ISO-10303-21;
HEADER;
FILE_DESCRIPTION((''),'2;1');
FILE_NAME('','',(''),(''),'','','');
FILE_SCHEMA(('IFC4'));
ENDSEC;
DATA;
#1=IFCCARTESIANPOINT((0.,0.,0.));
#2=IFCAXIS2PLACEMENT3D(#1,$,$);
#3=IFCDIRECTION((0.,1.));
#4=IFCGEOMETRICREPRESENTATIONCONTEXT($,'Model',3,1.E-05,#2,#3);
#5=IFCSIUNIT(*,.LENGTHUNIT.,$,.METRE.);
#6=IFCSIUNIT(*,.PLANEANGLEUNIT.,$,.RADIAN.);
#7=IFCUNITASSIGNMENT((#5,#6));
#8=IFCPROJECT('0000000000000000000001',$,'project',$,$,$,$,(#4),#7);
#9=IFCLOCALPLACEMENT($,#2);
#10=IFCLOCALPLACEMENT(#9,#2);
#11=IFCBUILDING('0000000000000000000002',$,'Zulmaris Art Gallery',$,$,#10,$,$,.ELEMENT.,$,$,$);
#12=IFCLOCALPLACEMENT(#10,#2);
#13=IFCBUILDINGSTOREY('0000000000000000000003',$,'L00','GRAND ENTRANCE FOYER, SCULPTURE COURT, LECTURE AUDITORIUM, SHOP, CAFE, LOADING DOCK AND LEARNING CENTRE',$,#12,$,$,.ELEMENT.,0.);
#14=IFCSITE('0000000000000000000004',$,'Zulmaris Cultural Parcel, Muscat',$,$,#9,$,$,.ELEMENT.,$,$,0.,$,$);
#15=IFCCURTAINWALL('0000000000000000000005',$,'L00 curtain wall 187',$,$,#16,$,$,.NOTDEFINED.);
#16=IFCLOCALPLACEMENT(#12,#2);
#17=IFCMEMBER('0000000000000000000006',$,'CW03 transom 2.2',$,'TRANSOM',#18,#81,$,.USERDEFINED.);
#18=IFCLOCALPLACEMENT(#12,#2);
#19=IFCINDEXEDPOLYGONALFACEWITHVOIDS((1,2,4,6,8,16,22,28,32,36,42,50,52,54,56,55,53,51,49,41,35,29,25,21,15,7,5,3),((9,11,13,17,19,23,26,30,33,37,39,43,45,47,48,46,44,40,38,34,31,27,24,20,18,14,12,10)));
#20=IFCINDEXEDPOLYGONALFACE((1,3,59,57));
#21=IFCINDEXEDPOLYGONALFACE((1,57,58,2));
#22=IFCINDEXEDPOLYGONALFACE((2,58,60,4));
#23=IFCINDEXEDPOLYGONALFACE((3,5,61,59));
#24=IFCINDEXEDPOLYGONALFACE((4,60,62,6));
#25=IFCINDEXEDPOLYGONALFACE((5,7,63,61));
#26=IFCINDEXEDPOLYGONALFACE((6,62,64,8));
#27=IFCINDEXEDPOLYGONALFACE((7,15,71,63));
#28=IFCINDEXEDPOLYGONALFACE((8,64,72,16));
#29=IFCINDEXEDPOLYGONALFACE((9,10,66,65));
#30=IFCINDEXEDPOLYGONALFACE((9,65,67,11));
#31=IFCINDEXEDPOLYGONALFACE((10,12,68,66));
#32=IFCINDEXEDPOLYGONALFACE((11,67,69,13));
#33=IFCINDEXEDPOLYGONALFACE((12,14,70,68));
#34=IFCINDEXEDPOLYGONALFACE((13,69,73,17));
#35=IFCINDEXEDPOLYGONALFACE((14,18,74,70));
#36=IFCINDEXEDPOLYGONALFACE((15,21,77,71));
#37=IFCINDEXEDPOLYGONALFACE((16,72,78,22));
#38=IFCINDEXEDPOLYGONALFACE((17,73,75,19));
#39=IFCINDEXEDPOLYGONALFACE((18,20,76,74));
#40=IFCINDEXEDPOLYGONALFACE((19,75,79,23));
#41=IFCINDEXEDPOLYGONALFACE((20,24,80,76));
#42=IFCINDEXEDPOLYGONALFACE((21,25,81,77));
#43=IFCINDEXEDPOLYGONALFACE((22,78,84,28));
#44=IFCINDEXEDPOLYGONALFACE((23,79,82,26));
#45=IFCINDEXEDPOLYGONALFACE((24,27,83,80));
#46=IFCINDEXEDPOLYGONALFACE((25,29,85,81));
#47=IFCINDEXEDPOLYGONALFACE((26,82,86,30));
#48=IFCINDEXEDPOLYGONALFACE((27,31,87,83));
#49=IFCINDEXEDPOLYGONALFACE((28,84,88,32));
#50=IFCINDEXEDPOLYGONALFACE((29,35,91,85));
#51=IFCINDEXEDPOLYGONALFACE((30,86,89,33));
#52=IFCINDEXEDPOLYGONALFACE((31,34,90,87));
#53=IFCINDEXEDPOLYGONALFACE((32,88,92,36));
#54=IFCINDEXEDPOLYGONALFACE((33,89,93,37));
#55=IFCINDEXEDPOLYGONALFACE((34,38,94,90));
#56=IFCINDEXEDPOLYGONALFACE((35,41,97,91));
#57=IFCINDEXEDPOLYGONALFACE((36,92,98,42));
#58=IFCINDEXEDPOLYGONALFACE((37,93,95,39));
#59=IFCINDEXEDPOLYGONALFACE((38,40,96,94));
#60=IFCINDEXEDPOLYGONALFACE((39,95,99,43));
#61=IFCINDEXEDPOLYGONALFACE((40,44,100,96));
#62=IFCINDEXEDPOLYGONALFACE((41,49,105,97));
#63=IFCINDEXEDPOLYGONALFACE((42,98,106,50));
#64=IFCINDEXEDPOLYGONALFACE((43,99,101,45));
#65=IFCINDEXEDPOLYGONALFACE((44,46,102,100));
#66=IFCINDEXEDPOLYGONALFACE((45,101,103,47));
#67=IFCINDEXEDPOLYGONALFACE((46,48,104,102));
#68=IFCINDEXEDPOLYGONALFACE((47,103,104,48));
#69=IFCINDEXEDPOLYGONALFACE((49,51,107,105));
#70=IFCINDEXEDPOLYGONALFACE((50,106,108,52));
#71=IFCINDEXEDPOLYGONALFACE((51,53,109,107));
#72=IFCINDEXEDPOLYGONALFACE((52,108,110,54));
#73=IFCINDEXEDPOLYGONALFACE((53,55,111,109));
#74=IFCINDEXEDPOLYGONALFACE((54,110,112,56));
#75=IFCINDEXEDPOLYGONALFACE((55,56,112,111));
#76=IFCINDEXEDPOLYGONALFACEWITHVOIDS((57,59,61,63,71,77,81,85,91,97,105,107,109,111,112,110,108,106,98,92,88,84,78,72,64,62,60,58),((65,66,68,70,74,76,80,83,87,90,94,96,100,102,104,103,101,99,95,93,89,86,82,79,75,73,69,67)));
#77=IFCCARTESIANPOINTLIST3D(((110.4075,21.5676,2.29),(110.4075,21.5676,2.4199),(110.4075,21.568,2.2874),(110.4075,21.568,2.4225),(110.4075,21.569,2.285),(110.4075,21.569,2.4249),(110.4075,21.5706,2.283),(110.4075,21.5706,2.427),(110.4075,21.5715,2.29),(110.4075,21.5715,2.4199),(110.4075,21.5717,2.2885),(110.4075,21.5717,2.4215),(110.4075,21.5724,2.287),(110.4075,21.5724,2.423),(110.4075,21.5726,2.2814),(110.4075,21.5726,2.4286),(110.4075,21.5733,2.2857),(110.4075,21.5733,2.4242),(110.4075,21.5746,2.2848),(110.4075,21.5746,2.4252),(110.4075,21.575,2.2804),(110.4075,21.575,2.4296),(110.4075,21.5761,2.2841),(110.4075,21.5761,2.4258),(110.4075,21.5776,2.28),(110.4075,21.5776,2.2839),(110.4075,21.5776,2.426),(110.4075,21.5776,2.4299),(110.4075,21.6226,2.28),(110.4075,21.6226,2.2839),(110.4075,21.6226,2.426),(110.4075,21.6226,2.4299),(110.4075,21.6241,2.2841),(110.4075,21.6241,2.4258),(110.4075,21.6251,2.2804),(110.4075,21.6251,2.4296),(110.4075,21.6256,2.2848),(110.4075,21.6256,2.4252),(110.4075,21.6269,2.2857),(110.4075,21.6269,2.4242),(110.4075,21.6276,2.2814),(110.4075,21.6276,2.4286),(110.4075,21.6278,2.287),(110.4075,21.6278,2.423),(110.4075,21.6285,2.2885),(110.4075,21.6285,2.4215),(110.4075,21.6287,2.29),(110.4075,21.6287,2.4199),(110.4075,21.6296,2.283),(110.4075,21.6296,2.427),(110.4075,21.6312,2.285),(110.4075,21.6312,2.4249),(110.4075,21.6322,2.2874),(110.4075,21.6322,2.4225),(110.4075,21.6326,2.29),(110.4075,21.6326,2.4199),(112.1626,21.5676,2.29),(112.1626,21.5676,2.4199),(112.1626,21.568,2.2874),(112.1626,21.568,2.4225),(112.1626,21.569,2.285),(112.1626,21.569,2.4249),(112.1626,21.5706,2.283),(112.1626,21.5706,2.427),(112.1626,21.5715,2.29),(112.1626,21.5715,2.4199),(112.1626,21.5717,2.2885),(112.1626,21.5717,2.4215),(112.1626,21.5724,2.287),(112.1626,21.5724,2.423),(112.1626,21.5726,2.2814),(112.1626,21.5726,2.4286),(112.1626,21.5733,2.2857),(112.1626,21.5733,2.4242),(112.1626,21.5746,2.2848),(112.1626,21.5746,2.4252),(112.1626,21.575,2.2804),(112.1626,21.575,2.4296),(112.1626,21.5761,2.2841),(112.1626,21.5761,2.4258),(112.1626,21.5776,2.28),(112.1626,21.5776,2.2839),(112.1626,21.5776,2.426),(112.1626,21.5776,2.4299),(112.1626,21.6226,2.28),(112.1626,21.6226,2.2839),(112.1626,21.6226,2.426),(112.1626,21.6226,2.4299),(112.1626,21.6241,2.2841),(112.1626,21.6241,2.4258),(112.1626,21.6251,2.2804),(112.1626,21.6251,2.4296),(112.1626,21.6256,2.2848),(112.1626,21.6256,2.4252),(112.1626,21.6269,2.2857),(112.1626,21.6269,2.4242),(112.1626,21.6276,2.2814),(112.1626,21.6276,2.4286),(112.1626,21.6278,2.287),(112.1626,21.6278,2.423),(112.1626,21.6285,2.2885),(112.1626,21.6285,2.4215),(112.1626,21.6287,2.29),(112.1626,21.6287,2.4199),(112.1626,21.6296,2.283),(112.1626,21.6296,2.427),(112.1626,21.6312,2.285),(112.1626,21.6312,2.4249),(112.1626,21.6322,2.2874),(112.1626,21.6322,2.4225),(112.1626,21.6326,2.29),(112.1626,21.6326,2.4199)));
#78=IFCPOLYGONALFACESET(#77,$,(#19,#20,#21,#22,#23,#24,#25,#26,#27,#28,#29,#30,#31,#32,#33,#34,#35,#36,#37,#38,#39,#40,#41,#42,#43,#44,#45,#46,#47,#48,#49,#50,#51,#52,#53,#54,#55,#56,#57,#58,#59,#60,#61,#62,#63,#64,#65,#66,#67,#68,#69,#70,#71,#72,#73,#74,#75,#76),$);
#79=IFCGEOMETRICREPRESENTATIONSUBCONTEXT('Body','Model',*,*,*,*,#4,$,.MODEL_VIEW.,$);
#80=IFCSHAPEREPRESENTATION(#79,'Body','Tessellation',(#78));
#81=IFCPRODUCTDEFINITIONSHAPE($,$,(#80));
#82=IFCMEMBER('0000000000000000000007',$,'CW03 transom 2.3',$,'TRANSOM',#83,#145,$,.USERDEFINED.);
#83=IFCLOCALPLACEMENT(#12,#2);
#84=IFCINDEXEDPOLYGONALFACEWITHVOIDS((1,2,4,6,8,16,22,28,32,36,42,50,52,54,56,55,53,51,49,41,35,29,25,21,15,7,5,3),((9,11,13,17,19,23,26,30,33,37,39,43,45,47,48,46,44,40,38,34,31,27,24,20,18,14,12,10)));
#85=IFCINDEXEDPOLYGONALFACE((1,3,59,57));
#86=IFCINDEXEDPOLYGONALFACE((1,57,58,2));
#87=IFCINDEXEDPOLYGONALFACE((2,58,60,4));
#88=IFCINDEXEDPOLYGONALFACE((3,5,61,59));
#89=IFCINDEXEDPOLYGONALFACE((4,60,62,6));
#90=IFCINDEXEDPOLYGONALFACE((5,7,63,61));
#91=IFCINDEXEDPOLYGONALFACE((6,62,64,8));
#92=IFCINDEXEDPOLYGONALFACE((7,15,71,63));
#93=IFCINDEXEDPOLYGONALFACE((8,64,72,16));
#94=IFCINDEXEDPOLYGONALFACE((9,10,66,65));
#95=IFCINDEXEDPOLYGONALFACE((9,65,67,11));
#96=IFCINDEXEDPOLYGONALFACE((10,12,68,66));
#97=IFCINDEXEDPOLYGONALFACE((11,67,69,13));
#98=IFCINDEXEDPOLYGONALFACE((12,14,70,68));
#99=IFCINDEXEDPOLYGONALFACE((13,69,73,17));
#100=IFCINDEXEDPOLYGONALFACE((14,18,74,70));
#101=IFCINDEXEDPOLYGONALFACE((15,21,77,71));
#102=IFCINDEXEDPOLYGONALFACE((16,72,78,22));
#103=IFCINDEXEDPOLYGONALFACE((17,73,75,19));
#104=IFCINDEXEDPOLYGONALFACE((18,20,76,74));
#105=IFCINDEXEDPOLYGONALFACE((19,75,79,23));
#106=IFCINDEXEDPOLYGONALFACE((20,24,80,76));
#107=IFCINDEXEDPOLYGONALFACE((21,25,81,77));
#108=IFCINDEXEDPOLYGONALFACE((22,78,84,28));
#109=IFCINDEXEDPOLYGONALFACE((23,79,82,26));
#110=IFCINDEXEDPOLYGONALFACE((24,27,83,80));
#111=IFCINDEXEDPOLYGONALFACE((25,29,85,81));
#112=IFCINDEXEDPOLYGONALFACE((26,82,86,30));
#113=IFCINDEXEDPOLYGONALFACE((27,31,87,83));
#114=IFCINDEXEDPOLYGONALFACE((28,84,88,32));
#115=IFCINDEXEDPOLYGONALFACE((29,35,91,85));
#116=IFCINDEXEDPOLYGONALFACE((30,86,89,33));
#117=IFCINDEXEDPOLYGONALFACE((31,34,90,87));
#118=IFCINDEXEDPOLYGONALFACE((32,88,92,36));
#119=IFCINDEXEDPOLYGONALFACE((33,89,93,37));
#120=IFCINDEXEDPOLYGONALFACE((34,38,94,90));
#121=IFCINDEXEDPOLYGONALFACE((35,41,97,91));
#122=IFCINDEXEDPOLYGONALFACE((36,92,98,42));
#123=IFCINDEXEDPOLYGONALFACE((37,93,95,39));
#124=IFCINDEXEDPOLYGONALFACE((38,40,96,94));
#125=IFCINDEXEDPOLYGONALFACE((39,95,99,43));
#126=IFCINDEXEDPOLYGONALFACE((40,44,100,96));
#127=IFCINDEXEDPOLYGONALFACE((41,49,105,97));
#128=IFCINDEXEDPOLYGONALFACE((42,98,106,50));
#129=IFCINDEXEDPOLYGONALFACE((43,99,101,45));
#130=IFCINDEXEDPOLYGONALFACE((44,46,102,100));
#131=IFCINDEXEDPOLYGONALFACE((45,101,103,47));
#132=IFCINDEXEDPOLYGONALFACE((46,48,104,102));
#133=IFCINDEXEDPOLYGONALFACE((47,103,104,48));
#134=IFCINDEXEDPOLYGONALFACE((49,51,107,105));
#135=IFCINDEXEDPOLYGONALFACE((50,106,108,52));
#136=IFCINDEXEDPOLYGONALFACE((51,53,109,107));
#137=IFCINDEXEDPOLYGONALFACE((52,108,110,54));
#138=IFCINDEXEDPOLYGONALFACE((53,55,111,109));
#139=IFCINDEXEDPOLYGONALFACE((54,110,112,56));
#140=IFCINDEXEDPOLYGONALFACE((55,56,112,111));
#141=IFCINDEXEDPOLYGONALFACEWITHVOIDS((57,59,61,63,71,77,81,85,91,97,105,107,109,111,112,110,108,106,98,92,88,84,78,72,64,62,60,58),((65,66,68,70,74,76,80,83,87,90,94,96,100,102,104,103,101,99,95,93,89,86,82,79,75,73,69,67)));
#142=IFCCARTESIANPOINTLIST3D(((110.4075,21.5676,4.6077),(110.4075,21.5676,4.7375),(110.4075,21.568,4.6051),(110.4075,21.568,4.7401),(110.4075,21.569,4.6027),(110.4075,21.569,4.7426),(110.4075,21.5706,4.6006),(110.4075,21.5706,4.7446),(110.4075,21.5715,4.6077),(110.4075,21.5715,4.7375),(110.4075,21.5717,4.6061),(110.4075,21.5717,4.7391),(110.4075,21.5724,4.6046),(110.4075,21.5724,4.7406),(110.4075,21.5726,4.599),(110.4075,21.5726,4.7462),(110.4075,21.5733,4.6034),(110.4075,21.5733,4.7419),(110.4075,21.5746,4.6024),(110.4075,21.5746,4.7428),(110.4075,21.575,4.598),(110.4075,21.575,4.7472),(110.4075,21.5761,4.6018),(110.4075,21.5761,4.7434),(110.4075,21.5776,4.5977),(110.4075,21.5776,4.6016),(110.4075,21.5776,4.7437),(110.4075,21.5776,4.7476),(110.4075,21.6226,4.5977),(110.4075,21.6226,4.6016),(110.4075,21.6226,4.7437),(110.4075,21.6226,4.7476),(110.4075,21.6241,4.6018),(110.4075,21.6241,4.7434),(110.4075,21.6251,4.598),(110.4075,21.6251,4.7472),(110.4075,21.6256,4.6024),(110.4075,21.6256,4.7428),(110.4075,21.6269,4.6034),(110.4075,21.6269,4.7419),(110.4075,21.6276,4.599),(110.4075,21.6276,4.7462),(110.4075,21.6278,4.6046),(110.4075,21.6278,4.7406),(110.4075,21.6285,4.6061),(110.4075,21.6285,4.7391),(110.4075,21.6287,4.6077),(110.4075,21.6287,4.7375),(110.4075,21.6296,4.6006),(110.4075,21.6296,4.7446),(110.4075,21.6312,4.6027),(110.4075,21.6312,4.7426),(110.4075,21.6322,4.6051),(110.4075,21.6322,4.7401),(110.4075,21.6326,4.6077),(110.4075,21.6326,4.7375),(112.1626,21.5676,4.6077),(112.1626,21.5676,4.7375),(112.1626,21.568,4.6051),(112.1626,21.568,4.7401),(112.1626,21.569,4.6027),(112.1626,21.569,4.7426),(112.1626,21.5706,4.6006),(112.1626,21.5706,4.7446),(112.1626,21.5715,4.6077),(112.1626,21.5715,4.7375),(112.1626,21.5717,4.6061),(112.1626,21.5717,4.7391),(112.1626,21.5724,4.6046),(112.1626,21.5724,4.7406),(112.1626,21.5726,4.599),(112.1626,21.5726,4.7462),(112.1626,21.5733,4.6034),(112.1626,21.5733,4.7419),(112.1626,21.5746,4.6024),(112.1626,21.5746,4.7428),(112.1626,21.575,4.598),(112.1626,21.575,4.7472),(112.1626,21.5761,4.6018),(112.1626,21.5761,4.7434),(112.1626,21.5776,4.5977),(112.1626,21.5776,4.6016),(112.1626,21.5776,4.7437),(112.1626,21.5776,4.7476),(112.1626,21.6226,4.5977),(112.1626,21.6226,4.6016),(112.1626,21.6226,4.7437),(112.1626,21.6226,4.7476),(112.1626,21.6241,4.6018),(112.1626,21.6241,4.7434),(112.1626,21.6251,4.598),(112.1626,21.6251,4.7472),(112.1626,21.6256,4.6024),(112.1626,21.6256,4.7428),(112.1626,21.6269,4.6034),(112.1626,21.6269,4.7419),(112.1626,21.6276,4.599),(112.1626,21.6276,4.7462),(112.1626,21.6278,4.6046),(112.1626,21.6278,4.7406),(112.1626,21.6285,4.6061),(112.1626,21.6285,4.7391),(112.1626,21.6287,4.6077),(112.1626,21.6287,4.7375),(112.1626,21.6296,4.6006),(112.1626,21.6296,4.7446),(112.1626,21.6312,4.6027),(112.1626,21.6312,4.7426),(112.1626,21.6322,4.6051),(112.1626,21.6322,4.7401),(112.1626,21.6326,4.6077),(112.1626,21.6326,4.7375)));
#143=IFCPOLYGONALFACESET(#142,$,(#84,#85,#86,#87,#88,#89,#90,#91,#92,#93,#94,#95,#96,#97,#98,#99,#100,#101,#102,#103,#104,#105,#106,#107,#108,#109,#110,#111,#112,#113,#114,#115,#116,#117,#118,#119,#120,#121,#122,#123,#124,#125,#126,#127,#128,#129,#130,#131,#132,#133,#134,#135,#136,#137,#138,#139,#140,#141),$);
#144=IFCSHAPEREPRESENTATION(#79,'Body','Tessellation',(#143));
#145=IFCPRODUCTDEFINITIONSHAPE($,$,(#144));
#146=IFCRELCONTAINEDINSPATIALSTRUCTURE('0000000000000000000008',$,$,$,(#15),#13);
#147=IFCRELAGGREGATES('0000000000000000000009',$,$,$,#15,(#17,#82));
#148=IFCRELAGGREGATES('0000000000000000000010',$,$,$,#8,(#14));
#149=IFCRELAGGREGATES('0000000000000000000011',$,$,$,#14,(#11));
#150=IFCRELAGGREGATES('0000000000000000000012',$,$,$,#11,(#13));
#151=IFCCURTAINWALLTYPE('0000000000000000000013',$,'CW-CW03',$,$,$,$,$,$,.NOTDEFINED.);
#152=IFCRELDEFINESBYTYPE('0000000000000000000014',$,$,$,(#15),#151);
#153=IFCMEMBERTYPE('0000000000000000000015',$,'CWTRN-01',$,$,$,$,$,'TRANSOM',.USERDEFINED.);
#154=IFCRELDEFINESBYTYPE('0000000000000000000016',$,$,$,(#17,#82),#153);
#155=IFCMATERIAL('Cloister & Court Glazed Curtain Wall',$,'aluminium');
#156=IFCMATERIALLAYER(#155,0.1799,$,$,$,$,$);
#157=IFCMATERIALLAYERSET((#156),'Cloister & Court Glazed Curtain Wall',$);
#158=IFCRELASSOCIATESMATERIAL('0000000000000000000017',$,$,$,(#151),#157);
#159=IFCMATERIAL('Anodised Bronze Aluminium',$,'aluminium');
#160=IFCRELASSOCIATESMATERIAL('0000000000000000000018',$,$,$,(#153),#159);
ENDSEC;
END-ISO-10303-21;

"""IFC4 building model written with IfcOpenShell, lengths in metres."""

from ifc_helpers import new_model, si_unit, direction, frame, origin, origin_2d, place, context, subcontext, project, spatial, hollow_rectangle, extrude, material, layer, layer_set, material_profile, profile_set, type_object, element, aggregate, save


model = new_model("IFC4")

# Units and contexts
model_context = context("Model", 3, precision=1e-05, world=origin(), true_north=direction((0.0, 1.0)))
body_context = subcontext(model_context, "Body", "Model", "MODEL_VIEW")
ifc_project = project(units=[si_unit("LENGTHUNIT", "METRE"), si_unit("PLANEANGLEUNIT", "RADIAN")], contexts=[model_context])

# Site, building, storey
site_placement = place(None, origin())
site = spatial("IfcSite", under=ifc_project, at=site_placement, Name="Zulmaris Cultural Parcel, Muscat", CompositionType="ELEMENT", RefElevation=0.0)
building_placement = place(site_placement, origin())
building = spatial("IfcBuilding", under=site, at=building_placement, Name="Zulmaris Art Gallery", CompositionType="ELEMENT")
storey_placement = place(building_placement, origin())
storey = spatial("IfcBuildingStorey", under=building, at=storey_placement, Name="L00", Description="GRAND ENTRANCE FOYER, SCULPTURE COURT, LECTURE AUDITORIUM, SHOP, CAFE, LOADING DOCK AND LEARNING CENTRE", CompositionType="ELEMENT", Elevation=0.0)

# Shared definitions
ifc_material_1 = material(Name="Cloister & Court Glazed Curtain Wall", Category="aluminium")
ifc_layer_1 = layer(ifc_material_1, 0.1799)
ifc_layer_set_1 = layer_set([ifc_layer_1], Name="Cloister & Court Glazed Curtain Wall")
curtain_wall_type = type_object("IfcCurtainWallType", Name="CW-CW03", PredefinedType="NOTDEFINED", material=ifc_layer_set_1)
ifc_material_2 = material(Name="Anodised Bronze Aluminium", Category="aluminium")

# Curtain wall
curtain_wall_1_placement = place(storey_placement, origin())
curtain_wall_1 = element("IfcCurtainWall", 1, at=curtain_wall_1_placement, inside=storey, type_object=curtain_wall_type, Name="L00 curtain wall 187", PredefinedType="NOTDEFINED")

# Members
ifc_material_profile_1 = material_profile(ifc_material_2, hollow_rectangle(XDim=0.0649, YDim=0.1499, WallThickness=0.0039, InnerFilletRadius=0.0061, OuterFilletRadius=0.01, at=origin_2d()), Name="ALU 65x150x4")
ifc_profile_set_1 = profile_set([ifc_material_profile_1], Name="Anodised Bronze Aluminium")
member_type_1 = type_object("IfcMemberType", Name="CWTRN-01", ElementType="TRANSOM", PredefinedType="USERDEFINED", material=ifc_profile_set_1)
member_1_placement = place(storey_placement, frame((110.4075, 21.6001, 2.355), z_axis=(1.0, 0.0, 0.0), x_axis=(0.0, 1.0, 0.0)))
member_1 = element("IfcMember", 2, at=member_1_placement, type_object=member_type_1, Name="CW03 transom 2.2", ObjectType="TRANSOM", PredefinedType="USERDEFINED", context=body_context, shape_type="SweptSolid", body=[
    extrude(hollow_rectangle(XDim=0.0649, YDim=0.1499, WallThickness=0.0039, InnerFilletRadius=0.0061, OuterFilletRadius=0.01, at=origin_2d()), origin(), (0.0, 0.0, 1.0), 1.7551),
])
member_2_placement = place(storey_placement, frame((110.4075, 21.6001, 4.6726), z_axis=(1.0, 0.0, 0.0), x_axis=(0.0, 1.0, 0.0)))
member_2 = element("IfcMember", 3, at=member_2_placement, type_object=member_type_1, Name="CW03 transom 2.3", ObjectType="TRANSOM", PredefinedType="USERDEFINED", context=body_context, shape_type="SweptSolid", body=[
    extrude(hollow_rectangle(XDim=0.0649, YDim=0.1499, WallThickness=0.0039, InnerFilletRadius=0.0061, OuterFilletRadius=0.01, at=origin_2d()), origin(), (0.0, 0.0, 1.0), 1.7551),
])

aggregate(curtain_wall_1, [member_1, member_2])

save(model, "model.ifc")
